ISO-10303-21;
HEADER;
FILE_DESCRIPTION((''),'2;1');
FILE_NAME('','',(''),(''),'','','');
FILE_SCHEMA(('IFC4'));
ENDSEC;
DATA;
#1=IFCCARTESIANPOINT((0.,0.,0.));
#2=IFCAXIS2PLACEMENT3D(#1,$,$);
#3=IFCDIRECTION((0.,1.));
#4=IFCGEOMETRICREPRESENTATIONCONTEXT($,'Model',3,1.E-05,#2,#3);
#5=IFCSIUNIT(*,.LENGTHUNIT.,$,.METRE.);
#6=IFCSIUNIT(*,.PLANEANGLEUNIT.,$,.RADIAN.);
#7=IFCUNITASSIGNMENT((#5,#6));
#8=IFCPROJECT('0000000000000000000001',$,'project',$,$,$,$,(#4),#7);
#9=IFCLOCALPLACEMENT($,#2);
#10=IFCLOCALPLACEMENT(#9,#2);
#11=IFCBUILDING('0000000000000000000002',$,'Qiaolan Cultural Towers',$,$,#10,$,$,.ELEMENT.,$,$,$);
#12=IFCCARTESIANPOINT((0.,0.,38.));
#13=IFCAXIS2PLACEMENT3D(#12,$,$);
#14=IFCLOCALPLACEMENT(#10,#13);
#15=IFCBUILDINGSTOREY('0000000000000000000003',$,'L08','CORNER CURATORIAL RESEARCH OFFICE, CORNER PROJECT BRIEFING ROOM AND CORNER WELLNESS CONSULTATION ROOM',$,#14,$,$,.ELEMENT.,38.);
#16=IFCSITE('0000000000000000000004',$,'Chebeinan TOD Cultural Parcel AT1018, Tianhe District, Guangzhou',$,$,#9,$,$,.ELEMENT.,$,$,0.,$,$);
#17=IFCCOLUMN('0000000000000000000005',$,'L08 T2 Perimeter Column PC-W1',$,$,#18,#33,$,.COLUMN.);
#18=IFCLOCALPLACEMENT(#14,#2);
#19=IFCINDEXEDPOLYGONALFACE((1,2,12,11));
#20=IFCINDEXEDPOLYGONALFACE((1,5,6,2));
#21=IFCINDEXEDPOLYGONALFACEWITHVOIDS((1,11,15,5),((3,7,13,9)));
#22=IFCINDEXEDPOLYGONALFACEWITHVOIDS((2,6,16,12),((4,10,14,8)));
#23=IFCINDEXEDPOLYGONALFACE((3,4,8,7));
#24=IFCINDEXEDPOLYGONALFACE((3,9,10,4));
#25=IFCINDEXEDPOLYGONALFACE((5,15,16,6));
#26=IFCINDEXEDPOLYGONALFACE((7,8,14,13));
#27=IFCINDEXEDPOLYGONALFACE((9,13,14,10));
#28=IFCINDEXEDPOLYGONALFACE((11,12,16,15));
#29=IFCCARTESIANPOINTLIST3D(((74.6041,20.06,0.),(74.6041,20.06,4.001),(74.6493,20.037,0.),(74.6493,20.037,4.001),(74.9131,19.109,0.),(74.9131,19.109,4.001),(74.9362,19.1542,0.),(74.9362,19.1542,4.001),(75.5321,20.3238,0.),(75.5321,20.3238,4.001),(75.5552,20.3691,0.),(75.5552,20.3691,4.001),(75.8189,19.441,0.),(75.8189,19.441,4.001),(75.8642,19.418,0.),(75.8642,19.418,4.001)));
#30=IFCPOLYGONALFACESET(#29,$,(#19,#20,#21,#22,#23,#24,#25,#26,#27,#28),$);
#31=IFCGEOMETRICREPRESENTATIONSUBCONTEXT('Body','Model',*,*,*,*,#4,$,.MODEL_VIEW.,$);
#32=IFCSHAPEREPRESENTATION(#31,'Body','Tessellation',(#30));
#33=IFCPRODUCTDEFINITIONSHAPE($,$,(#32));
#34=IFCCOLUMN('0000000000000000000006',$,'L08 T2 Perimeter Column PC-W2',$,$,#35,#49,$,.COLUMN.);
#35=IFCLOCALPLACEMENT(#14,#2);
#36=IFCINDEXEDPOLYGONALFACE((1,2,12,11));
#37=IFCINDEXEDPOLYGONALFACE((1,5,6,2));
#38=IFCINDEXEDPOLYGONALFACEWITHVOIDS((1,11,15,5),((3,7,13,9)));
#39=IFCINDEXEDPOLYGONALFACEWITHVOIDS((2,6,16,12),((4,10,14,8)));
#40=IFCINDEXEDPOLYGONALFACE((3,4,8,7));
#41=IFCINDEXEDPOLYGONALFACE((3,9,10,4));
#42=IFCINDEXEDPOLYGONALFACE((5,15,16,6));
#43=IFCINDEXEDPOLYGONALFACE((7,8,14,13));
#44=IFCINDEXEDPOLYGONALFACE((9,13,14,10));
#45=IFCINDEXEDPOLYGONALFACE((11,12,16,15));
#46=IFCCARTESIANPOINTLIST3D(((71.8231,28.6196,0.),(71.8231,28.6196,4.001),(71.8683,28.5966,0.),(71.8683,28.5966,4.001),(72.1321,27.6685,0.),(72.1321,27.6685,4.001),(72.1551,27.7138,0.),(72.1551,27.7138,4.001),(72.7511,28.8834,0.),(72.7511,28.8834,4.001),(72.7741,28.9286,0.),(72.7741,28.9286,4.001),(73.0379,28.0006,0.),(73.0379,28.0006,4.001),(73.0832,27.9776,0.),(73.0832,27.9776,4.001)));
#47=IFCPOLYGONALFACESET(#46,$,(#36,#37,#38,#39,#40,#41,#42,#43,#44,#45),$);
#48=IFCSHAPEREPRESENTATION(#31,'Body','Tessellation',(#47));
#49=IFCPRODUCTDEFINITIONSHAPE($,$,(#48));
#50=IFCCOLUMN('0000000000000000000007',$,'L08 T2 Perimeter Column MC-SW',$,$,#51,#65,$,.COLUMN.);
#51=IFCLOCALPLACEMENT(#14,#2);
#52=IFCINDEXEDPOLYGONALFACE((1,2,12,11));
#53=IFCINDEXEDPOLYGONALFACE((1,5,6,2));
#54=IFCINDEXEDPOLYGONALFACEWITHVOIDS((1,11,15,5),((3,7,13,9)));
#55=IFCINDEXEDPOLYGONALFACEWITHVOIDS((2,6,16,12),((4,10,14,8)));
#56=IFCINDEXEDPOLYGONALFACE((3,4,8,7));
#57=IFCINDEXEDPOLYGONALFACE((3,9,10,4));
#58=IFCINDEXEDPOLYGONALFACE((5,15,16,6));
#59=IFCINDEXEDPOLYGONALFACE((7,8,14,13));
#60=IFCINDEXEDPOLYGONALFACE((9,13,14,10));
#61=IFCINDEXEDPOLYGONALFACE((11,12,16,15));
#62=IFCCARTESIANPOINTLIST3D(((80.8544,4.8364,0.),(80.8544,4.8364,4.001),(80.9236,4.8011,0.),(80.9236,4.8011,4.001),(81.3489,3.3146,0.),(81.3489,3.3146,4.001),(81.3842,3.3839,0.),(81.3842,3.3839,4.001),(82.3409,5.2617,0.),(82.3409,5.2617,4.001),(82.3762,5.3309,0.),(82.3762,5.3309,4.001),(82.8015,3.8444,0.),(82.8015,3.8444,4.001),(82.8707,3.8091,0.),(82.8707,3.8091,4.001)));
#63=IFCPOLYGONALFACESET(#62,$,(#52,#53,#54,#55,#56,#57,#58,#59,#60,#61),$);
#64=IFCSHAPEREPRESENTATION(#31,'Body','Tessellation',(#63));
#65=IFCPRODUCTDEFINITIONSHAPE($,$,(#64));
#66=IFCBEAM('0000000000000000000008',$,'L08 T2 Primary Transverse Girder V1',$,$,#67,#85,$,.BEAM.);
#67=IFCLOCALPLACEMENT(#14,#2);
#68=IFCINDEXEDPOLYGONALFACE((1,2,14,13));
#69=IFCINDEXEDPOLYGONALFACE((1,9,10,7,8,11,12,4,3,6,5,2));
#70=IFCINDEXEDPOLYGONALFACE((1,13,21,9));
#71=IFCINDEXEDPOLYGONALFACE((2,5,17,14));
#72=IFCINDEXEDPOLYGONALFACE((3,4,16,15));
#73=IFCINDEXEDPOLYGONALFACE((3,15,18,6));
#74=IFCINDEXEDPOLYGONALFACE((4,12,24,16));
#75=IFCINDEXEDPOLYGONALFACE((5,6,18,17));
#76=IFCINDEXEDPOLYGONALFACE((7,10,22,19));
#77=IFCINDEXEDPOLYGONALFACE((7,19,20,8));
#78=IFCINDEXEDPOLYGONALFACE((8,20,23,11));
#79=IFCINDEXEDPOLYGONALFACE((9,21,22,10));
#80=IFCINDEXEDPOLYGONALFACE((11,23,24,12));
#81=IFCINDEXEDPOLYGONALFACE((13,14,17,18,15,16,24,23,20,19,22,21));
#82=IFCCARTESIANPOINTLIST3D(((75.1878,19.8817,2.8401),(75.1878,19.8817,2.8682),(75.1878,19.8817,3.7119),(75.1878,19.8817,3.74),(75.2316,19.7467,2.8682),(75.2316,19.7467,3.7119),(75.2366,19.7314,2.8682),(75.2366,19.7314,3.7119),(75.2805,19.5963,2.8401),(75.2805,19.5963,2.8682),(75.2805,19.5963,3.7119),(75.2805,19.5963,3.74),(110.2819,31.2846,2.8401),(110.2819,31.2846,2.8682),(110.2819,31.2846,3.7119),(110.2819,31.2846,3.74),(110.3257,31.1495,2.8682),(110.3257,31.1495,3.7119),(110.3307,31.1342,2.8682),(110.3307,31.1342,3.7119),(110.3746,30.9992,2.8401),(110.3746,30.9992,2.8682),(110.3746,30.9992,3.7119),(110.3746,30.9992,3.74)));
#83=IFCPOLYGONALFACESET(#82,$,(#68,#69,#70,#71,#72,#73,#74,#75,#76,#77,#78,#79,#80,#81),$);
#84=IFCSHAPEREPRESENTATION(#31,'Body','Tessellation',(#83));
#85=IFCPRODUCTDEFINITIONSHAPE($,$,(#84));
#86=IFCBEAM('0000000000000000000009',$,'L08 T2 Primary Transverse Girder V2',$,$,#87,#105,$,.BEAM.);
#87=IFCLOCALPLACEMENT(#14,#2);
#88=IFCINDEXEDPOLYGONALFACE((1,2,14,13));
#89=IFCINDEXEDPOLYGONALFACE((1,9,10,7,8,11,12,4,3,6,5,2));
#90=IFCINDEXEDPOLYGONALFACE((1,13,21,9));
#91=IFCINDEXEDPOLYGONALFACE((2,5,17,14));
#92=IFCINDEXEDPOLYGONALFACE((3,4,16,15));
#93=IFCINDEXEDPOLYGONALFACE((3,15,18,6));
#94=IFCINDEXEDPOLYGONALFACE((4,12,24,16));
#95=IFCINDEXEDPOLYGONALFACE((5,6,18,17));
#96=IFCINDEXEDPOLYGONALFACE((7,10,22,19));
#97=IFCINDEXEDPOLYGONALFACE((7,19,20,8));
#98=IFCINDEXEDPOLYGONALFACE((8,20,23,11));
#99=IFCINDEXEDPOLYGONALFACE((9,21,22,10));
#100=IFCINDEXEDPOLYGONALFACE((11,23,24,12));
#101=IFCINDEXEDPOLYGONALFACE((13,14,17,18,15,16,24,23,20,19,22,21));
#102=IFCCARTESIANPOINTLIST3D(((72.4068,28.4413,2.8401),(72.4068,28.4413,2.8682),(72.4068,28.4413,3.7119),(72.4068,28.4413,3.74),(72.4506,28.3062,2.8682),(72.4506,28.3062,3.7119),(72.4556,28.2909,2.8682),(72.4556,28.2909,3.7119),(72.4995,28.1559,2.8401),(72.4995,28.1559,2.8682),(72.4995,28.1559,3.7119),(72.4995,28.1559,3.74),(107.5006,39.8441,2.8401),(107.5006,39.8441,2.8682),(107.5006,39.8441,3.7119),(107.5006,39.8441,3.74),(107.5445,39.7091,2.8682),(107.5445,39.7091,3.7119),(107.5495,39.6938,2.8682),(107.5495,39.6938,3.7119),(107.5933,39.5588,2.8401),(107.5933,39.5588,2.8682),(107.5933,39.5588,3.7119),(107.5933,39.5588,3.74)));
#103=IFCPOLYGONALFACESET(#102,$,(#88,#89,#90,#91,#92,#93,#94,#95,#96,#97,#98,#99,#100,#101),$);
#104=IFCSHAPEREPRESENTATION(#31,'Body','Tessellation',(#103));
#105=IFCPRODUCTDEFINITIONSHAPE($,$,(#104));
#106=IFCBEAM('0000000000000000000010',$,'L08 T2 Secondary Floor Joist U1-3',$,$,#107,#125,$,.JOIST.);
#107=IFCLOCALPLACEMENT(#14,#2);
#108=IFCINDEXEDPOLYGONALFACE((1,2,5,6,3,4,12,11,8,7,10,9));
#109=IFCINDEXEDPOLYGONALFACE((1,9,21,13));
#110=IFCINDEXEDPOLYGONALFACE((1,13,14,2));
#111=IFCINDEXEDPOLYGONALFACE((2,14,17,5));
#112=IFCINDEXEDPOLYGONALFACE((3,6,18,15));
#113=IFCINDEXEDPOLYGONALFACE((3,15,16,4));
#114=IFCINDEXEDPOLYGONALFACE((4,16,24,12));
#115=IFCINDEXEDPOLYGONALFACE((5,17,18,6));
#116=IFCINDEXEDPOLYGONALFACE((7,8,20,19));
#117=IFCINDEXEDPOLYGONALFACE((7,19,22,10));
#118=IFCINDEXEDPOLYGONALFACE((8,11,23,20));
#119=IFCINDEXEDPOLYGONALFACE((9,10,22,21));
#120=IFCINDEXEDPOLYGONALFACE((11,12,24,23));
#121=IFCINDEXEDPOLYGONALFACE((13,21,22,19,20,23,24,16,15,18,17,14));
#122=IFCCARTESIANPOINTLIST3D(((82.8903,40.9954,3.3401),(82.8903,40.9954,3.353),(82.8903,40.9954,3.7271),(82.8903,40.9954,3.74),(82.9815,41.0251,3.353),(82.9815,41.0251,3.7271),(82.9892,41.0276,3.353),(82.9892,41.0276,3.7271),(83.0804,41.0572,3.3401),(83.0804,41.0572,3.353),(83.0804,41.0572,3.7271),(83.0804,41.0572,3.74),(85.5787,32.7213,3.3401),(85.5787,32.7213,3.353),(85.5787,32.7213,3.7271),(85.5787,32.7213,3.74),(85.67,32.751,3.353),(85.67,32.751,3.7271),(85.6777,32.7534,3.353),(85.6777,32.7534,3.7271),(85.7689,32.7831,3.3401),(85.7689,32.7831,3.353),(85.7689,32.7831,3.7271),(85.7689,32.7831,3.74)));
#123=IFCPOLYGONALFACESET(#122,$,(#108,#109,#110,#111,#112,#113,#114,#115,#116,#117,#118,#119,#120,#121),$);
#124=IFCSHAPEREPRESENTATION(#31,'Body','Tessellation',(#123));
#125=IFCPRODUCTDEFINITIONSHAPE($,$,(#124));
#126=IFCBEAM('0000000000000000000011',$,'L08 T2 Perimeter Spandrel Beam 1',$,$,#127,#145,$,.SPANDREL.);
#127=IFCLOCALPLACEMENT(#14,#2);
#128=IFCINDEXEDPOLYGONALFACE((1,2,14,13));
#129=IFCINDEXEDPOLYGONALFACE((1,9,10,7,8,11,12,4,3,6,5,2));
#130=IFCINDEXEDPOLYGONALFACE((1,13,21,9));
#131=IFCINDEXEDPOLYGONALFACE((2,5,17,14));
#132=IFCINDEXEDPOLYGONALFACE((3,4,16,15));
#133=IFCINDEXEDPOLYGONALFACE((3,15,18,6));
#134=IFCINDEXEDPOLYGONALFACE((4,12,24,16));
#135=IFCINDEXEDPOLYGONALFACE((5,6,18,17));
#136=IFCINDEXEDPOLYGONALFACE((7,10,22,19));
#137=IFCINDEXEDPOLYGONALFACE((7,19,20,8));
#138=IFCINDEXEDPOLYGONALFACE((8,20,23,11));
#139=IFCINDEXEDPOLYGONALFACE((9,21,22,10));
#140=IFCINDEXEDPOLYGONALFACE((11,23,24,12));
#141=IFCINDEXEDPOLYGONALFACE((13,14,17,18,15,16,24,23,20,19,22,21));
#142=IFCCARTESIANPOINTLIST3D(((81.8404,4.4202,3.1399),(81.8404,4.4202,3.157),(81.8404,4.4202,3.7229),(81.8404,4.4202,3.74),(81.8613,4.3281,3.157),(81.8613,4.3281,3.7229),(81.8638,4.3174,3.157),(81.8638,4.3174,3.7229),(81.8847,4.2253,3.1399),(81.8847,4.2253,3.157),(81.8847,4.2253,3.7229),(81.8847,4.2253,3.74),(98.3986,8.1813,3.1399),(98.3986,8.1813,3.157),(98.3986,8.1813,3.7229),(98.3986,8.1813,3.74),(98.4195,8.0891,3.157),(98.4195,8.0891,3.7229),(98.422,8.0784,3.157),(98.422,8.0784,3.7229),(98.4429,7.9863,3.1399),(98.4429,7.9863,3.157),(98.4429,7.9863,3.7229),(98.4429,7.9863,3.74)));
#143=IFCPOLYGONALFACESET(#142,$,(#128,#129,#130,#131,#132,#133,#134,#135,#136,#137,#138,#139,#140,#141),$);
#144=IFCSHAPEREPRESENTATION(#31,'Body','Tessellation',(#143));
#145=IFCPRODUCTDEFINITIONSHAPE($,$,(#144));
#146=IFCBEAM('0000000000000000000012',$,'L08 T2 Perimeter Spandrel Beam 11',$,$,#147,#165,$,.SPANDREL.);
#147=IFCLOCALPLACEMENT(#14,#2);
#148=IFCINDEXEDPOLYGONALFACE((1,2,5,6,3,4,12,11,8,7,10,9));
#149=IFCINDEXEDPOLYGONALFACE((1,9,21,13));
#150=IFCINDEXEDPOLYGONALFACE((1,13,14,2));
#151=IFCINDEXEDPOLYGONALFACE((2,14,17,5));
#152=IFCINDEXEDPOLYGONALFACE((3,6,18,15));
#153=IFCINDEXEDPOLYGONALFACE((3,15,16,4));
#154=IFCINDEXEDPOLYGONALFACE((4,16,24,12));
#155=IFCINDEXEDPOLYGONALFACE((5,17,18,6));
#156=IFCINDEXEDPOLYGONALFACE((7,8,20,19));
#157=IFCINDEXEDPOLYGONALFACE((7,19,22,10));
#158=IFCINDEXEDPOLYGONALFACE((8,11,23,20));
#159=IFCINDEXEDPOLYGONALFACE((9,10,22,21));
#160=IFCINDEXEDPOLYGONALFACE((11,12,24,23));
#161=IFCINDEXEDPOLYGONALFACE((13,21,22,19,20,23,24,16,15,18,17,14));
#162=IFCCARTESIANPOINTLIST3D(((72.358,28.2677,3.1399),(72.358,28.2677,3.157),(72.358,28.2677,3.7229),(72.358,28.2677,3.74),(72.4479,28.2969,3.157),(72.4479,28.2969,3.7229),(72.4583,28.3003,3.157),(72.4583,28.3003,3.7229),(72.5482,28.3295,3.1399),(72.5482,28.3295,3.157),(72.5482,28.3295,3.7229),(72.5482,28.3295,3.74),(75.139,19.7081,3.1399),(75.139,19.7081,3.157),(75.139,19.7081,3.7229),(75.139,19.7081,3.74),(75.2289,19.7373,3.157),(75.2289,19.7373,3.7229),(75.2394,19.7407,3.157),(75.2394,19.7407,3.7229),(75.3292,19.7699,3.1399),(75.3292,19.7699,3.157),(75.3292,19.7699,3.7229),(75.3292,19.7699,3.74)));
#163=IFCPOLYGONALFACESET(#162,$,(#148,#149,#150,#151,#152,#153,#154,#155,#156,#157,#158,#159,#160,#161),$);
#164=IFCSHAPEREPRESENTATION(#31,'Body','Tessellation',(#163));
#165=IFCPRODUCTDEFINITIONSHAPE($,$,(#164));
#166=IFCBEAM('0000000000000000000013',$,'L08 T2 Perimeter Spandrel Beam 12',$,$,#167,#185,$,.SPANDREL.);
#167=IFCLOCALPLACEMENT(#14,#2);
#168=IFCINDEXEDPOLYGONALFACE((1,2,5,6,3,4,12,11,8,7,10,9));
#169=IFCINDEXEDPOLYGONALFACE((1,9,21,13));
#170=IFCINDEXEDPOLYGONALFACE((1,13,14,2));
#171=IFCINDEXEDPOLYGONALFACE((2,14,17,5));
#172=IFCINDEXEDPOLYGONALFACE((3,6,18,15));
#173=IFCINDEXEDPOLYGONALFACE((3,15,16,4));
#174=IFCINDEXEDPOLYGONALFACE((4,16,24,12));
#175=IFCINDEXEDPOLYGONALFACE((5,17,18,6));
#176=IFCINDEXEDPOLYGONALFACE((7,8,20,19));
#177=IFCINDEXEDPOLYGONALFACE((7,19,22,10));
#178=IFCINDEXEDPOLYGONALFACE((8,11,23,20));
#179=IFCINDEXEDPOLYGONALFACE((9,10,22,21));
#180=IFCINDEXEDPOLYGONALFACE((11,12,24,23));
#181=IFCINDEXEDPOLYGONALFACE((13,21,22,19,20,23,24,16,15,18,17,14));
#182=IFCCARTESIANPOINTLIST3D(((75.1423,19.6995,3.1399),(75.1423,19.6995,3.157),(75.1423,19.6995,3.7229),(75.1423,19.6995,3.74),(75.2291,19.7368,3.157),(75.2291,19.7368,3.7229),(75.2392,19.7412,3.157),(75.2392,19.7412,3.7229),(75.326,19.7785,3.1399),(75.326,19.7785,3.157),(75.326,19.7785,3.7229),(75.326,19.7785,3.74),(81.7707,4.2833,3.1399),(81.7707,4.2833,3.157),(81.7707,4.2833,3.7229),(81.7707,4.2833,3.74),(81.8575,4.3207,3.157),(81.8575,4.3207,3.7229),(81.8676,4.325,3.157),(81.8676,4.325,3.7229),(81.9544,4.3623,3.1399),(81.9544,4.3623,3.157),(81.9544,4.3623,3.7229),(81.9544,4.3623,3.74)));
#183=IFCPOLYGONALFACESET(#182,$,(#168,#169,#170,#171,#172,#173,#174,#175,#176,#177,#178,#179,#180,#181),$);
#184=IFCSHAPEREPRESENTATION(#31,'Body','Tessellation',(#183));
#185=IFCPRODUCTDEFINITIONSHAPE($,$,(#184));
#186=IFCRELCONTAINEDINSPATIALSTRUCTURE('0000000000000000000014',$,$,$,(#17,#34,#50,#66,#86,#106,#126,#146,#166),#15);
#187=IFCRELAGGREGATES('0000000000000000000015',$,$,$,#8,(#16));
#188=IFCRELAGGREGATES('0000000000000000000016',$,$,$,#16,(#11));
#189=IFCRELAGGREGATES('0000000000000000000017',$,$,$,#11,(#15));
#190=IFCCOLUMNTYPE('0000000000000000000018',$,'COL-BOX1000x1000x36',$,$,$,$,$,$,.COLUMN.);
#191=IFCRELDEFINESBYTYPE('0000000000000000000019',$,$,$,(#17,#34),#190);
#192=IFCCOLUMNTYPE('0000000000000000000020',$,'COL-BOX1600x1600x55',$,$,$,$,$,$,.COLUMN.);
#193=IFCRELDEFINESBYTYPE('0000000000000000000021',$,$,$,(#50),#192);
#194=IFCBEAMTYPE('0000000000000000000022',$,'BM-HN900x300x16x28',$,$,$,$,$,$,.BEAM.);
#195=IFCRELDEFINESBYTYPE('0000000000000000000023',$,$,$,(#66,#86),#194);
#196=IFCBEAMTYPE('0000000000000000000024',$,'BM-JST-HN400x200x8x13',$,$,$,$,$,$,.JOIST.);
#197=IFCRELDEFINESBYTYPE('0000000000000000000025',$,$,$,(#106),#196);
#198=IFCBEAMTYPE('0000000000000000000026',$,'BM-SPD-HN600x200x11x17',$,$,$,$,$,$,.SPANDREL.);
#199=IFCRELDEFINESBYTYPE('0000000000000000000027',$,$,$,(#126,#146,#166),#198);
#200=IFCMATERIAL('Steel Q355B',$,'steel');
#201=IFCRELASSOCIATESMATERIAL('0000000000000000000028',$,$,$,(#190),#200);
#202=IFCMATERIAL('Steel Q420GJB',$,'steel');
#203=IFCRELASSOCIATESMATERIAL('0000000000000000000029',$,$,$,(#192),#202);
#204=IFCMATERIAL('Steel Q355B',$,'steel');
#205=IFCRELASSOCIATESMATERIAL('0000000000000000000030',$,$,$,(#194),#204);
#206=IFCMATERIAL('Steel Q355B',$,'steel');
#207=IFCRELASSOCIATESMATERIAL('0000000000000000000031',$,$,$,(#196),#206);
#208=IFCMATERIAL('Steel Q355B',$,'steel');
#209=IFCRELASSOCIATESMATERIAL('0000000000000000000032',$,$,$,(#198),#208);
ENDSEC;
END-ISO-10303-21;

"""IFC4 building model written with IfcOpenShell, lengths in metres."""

from ifc_helpers import new_model, si_unit, direction, frame, origin, origin_2d, place, context, subcontext, project, spatial, hollow_rectangle, i_section, extrude, material, material_profile, profile_set, type_object, element, save


model = new_model("IFC4")

# Units and contexts
model_context = context("Model", 3, precision=1e-05, world=origin(), true_north=direction((0.0, 1.0)))
body_context = subcontext(model_context, "Body", "Model", "MODEL_VIEW")
ifc_project = project(units=[si_unit("LENGTHUNIT", "METRE"), si_unit("PLANEANGLEUNIT", "RADIAN")], contexts=[model_context])

# Site, building, storey
site_placement = place(None, origin())
site = spatial("IfcSite", under=ifc_project, at=site_placement, Name="Chebeinan TOD Cultural Parcel AT1018, Tianhe District, Guangzhou", CompositionType="ELEMENT", RefElevation=0.0)
building_placement = place(site_placement, origin())
building = spatial("IfcBuilding", under=site, at=building_placement, Name="Qiaolan Cultural Towers", CompositionType="ELEMENT")
storey_placement = place(building_placement, frame((0.0, 0.0, 38.0)))
storey = spatial("IfcBuildingStorey", under=building, at=storey_placement, Name="L08", Description="CORNER CURATORIAL RESEARCH OFFICE, CORNER PROJECT BRIEFING ROOM AND CORNER WELLNESS CONSULTATION ROOM", CompositionType="ELEMENT", Elevation=38.0)

# Columns
ifc_material_1 = material(Name="Steel Q355B", Category="steel")
ifc_material_profile_1 = material_profile(ifc_material_1, hollow_rectangle(XDim=1.0, YDim=1.0, WallThickness=0.0359, at=origin_2d()), Name="BOX1000x1000x36")
ifc_profile_set_1 = profile_set([ifc_material_profile_1], Name="Steel Q355B")
column_type_1 = type_object("IfcColumnType", Name="COL-BOX1000x1000x36", PredefinedType="COLUMN", material=ifc_profile_set_1)
for number, where, z_axis, x_axis, name in (
    (1, (75.2341, 19.739, 0.0), (0.0, 0.0, 1.0), (0.951057, 0.309017, 0.0), "L08 T2 Perimeter Column PC-W1"),
    (2, (72.4531, 28.2986, 0.0), (0.0, 0.0, 1.0), (0.951057, 0.309017, 0.0), "L08 T2 Perimeter Column PC-W2"),
):
    element("IfcColumn", number, at=place(storey_placement, frame(where, z_axis=z_axis, x_axis=x_axis)), inside=storey, type_object=column_type_1, Name=name, PredefinedType="COLUMN", context=body_context, shape_type="SweptSolid", body=[
        extrude(hollow_rectangle(XDim=1.0, YDim=1.0, WallThickness=0.0359, at=origin_2d()), origin(), (0.0, 0.0, 1.0), 4.001),
    ])
ifc_material_2 = material(Name="Steel Q420GJB", Category="steel")
ifc_material_profile_2 = material_profile(ifc_material_2, hollow_rectangle(XDim=1.6001, YDim=1.6001, WallThickness=0.0549, at=origin_2d()), Name="BOX1600x1600x55")
ifc_profile_set_2 = profile_set([ifc_material_profile_2], Name="Steel Q420GJB")
column_type_2 = type_object("IfcColumnType", Name="COL-BOX1600x1600x55", PredefinedType="COLUMN", material=ifc_profile_set_2)
column_placement = place(storey_placement, frame((81.8625, 4.3228, 0.0), z_axis=(0.0, 0.0, 1.0), x_axis=(0.951057, 0.309017, 0.0)))
element("IfcColumn", 3, at=column_placement, inside=storey, type_object=column_type_2, Name="L08 T2 Perimeter Column MC-SW", PredefinedType="COLUMN", context=body_context, shape_type="SweptSolid", body=[
    extrude(hollow_rectangle(XDim=1.6001, YDim=1.6001, WallThickness=0.0549, at=origin_2d()), origin(), (0.0, 0.0, 1.0), 4.001),
])

# Beams
ifc_material_3 = material(Name="Steel Q355B", Category="steel")
ifc_material_profile_3 = material_profile(ifc_material_3, i_section(OverallWidth=0.3, OverallDepth=0.8999, WebThickness=0.0161, FlangeThickness=0.0281, at=origin_2d()), Name="HN900x300x16x28")
ifc_profile_set_3 = profile_set([ifc_material_profile_3], Name="Steel Q355B")
beam_type_1 = type_object("IfcBeamType", Name="BM-HN900x300x16x28", PredefinedType="BEAM", material=ifc_profile_set_3)
beam_1_placement = place(storey_placement, frame((75.2341, 19.739, 3.29), z_axis=(0.951056, 0.309019, 0.0), x_axis=(-0.309019, 0.951056, 0.0)))
element("IfcBeam", 4, at=beam_1_placement, inside=storey, type_object=beam_type_1, Name="L08 T2 Primary Transverse Girder V1", PredefinedType="BEAM", context=body_context, shape_type="SweptSolid", body=[
    extrude(i_section(OverallWidth=0.3, OverallDepth=0.8999, WebThickness=0.0161, FlangeThickness=0.0281, at=origin_2d()), origin(), (0.0, 0.0, 1.0), 36.9001),
])
beam_2_placement = place(storey_placement, frame((72.4531, 28.2986, 3.29), z_axis=(0.951055, 0.309021, 0.0), x_axis=(-0.309021, 0.951055, 0.0)))
element("IfcBeam", 5, at=beam_2_placement, inside=storey, type_object=beam_type_1, Name="L08 T2 Primary Transverse Girder V2", PredefinedType="BEAM", context=body_context, shape_type="SweptSolid", body=[
    extrude(i_section(OverallWidth=0.3, OverallDepth=0.8999, WebThickness=0.0161, FlangeThickness=0.0281, at=origin_2d()), origin(), (0.0, 0.0, 1.0), 36.8999),
])
ifc_material_4 = material(Name="Steel Q355B", Category="steel")
ifc_material_profile_4 = material_profile(ifc_material_4, i_section(OverallWidth=0.2, OverallDepth=0.3999, WebThickness=0.0081, FlangeThickness=0.0129, at=origin_2d()), Name="HN400x200x8x13")
ifc_profile_set_4 = profile_set([ifc_material_profile_4], Name="Steel Q355B")
beam_type_2 = type_object("IfcBeamType", Name="BM-JST-HN400x200x8x13", PredefinedType="JOIST", material=ifc_profile_set_4)
beam_3_placement = place(storey_placement, frame((85.6738, 32.7522, 3.54), z_axis=(-0.309021, 0.951055, 0.0), x_axis=(-0.951055, -0.309021, 0.0)))
element("IfcBeam", 6, at=beam_3_placement, inside=storey, type_object=beam_type_2, Name="L08 T2 Secondary Floor Joist U1-3", PredefinedType="JOIST", context=body_context, shape_type="SweptSolid", body=[
    extrude(i_section(OverallWidth=0.2, OverallDepth=0.3999, WebThickness=0.0081, FlangeThickness=0.0129, at=origin_2d()), origin(), (0.0, 0.0, 1.0), 8.7),
])
ifc_material_5 = material(Name="Steel Q355B", Category="steel")
ifc_material_profile_5 = material_profile(ifc_material_5, i_section(OverallWidth=0.2, OverallDepth=0.6001, WebThickness=0.011, FlangeThickness=0.0171, at=origin_2d()), Name="HN600x200x11x17")
ifc_profile_set_5 = profile_set([ifc_material_profile_5], Name="Steel Q355B")
beam_type_3 = type_object("IfcBeamType", Name="BM-SPD-HN600x200x11x17", PredefinedType="SPANDREL", material=ifc_profile_set_5)
beam_4_placement = place(storey_placement, frame((81.8625, 4.3228, 3.4399), z_axis=(0.975161, 0.221497, 0.0), x_axis=(-0.221497, 0.975161, 0.0)))
element("IfcBeam", 7, at=beam_4_placement, inside=storey, type_object=beam_type_3, Name="L08 T2 Perimeter Spandrel Beam 1", PredefinedType="SPANDREL", context=body_context, shape_type="SweptSolid", body=[
    extrude(i_section(OverallWidth=0.2, OverallDepth=0.6001, WebThickness=0.011, FlangeThickness=0.0171, at=origin_2d()), origin(), (0.0, 0.0, 1.0), 16.98),
])
beam_5_placement = place(storey_placement, frame((72.4531, 28.2986, 3.4399), z_axis=(0.309, -0.951062, 0.0), x_axis=(0.951062, 0.309, 0.0)))
element("IfcBeam", 8, at=beam_5_placement, inside=storey, type_object=beam_type_3, Name="L08 T2 Perimeter Spandrel Beam 11", PredefinedType="SPANDREL", context=body_context, shape_type="SweptSolid", body=[
    extrude(i_section(OverallWidth=0.2, OverallDepth=0.6001, WebThickness=0.011, FlangeThickness=0.0171, at=origin_2d()), origin(), (0.0, 0.0, 1.0), 9.0),
])
beam_6_placement = place(storey_placement, frame((75.2341, 19.739, 3.4399), z_axis=(0.394999, -0.918682, 0.0), x_axis=(0.918682, 0.394999, 0.0)))
element("IfcBeam", 9, at=beam_6_placement, inside=storey, type_object=beam_type_3, Name="L08 T2 Perimeter Spandrel Beam 12", PredefinedType="SPANDREL", context=body_context, shape_type="SweptSolid", body=[
    extrude(i_section(OverallWidth=0.2, OverallDepth=0.6001, WebThickness=0.011, FlangeThickness=0.0171, at=origin_2d()), origin(), (0.0, 0.0, 1.0), 16.7808),
])

save(model, "model.ifc")
